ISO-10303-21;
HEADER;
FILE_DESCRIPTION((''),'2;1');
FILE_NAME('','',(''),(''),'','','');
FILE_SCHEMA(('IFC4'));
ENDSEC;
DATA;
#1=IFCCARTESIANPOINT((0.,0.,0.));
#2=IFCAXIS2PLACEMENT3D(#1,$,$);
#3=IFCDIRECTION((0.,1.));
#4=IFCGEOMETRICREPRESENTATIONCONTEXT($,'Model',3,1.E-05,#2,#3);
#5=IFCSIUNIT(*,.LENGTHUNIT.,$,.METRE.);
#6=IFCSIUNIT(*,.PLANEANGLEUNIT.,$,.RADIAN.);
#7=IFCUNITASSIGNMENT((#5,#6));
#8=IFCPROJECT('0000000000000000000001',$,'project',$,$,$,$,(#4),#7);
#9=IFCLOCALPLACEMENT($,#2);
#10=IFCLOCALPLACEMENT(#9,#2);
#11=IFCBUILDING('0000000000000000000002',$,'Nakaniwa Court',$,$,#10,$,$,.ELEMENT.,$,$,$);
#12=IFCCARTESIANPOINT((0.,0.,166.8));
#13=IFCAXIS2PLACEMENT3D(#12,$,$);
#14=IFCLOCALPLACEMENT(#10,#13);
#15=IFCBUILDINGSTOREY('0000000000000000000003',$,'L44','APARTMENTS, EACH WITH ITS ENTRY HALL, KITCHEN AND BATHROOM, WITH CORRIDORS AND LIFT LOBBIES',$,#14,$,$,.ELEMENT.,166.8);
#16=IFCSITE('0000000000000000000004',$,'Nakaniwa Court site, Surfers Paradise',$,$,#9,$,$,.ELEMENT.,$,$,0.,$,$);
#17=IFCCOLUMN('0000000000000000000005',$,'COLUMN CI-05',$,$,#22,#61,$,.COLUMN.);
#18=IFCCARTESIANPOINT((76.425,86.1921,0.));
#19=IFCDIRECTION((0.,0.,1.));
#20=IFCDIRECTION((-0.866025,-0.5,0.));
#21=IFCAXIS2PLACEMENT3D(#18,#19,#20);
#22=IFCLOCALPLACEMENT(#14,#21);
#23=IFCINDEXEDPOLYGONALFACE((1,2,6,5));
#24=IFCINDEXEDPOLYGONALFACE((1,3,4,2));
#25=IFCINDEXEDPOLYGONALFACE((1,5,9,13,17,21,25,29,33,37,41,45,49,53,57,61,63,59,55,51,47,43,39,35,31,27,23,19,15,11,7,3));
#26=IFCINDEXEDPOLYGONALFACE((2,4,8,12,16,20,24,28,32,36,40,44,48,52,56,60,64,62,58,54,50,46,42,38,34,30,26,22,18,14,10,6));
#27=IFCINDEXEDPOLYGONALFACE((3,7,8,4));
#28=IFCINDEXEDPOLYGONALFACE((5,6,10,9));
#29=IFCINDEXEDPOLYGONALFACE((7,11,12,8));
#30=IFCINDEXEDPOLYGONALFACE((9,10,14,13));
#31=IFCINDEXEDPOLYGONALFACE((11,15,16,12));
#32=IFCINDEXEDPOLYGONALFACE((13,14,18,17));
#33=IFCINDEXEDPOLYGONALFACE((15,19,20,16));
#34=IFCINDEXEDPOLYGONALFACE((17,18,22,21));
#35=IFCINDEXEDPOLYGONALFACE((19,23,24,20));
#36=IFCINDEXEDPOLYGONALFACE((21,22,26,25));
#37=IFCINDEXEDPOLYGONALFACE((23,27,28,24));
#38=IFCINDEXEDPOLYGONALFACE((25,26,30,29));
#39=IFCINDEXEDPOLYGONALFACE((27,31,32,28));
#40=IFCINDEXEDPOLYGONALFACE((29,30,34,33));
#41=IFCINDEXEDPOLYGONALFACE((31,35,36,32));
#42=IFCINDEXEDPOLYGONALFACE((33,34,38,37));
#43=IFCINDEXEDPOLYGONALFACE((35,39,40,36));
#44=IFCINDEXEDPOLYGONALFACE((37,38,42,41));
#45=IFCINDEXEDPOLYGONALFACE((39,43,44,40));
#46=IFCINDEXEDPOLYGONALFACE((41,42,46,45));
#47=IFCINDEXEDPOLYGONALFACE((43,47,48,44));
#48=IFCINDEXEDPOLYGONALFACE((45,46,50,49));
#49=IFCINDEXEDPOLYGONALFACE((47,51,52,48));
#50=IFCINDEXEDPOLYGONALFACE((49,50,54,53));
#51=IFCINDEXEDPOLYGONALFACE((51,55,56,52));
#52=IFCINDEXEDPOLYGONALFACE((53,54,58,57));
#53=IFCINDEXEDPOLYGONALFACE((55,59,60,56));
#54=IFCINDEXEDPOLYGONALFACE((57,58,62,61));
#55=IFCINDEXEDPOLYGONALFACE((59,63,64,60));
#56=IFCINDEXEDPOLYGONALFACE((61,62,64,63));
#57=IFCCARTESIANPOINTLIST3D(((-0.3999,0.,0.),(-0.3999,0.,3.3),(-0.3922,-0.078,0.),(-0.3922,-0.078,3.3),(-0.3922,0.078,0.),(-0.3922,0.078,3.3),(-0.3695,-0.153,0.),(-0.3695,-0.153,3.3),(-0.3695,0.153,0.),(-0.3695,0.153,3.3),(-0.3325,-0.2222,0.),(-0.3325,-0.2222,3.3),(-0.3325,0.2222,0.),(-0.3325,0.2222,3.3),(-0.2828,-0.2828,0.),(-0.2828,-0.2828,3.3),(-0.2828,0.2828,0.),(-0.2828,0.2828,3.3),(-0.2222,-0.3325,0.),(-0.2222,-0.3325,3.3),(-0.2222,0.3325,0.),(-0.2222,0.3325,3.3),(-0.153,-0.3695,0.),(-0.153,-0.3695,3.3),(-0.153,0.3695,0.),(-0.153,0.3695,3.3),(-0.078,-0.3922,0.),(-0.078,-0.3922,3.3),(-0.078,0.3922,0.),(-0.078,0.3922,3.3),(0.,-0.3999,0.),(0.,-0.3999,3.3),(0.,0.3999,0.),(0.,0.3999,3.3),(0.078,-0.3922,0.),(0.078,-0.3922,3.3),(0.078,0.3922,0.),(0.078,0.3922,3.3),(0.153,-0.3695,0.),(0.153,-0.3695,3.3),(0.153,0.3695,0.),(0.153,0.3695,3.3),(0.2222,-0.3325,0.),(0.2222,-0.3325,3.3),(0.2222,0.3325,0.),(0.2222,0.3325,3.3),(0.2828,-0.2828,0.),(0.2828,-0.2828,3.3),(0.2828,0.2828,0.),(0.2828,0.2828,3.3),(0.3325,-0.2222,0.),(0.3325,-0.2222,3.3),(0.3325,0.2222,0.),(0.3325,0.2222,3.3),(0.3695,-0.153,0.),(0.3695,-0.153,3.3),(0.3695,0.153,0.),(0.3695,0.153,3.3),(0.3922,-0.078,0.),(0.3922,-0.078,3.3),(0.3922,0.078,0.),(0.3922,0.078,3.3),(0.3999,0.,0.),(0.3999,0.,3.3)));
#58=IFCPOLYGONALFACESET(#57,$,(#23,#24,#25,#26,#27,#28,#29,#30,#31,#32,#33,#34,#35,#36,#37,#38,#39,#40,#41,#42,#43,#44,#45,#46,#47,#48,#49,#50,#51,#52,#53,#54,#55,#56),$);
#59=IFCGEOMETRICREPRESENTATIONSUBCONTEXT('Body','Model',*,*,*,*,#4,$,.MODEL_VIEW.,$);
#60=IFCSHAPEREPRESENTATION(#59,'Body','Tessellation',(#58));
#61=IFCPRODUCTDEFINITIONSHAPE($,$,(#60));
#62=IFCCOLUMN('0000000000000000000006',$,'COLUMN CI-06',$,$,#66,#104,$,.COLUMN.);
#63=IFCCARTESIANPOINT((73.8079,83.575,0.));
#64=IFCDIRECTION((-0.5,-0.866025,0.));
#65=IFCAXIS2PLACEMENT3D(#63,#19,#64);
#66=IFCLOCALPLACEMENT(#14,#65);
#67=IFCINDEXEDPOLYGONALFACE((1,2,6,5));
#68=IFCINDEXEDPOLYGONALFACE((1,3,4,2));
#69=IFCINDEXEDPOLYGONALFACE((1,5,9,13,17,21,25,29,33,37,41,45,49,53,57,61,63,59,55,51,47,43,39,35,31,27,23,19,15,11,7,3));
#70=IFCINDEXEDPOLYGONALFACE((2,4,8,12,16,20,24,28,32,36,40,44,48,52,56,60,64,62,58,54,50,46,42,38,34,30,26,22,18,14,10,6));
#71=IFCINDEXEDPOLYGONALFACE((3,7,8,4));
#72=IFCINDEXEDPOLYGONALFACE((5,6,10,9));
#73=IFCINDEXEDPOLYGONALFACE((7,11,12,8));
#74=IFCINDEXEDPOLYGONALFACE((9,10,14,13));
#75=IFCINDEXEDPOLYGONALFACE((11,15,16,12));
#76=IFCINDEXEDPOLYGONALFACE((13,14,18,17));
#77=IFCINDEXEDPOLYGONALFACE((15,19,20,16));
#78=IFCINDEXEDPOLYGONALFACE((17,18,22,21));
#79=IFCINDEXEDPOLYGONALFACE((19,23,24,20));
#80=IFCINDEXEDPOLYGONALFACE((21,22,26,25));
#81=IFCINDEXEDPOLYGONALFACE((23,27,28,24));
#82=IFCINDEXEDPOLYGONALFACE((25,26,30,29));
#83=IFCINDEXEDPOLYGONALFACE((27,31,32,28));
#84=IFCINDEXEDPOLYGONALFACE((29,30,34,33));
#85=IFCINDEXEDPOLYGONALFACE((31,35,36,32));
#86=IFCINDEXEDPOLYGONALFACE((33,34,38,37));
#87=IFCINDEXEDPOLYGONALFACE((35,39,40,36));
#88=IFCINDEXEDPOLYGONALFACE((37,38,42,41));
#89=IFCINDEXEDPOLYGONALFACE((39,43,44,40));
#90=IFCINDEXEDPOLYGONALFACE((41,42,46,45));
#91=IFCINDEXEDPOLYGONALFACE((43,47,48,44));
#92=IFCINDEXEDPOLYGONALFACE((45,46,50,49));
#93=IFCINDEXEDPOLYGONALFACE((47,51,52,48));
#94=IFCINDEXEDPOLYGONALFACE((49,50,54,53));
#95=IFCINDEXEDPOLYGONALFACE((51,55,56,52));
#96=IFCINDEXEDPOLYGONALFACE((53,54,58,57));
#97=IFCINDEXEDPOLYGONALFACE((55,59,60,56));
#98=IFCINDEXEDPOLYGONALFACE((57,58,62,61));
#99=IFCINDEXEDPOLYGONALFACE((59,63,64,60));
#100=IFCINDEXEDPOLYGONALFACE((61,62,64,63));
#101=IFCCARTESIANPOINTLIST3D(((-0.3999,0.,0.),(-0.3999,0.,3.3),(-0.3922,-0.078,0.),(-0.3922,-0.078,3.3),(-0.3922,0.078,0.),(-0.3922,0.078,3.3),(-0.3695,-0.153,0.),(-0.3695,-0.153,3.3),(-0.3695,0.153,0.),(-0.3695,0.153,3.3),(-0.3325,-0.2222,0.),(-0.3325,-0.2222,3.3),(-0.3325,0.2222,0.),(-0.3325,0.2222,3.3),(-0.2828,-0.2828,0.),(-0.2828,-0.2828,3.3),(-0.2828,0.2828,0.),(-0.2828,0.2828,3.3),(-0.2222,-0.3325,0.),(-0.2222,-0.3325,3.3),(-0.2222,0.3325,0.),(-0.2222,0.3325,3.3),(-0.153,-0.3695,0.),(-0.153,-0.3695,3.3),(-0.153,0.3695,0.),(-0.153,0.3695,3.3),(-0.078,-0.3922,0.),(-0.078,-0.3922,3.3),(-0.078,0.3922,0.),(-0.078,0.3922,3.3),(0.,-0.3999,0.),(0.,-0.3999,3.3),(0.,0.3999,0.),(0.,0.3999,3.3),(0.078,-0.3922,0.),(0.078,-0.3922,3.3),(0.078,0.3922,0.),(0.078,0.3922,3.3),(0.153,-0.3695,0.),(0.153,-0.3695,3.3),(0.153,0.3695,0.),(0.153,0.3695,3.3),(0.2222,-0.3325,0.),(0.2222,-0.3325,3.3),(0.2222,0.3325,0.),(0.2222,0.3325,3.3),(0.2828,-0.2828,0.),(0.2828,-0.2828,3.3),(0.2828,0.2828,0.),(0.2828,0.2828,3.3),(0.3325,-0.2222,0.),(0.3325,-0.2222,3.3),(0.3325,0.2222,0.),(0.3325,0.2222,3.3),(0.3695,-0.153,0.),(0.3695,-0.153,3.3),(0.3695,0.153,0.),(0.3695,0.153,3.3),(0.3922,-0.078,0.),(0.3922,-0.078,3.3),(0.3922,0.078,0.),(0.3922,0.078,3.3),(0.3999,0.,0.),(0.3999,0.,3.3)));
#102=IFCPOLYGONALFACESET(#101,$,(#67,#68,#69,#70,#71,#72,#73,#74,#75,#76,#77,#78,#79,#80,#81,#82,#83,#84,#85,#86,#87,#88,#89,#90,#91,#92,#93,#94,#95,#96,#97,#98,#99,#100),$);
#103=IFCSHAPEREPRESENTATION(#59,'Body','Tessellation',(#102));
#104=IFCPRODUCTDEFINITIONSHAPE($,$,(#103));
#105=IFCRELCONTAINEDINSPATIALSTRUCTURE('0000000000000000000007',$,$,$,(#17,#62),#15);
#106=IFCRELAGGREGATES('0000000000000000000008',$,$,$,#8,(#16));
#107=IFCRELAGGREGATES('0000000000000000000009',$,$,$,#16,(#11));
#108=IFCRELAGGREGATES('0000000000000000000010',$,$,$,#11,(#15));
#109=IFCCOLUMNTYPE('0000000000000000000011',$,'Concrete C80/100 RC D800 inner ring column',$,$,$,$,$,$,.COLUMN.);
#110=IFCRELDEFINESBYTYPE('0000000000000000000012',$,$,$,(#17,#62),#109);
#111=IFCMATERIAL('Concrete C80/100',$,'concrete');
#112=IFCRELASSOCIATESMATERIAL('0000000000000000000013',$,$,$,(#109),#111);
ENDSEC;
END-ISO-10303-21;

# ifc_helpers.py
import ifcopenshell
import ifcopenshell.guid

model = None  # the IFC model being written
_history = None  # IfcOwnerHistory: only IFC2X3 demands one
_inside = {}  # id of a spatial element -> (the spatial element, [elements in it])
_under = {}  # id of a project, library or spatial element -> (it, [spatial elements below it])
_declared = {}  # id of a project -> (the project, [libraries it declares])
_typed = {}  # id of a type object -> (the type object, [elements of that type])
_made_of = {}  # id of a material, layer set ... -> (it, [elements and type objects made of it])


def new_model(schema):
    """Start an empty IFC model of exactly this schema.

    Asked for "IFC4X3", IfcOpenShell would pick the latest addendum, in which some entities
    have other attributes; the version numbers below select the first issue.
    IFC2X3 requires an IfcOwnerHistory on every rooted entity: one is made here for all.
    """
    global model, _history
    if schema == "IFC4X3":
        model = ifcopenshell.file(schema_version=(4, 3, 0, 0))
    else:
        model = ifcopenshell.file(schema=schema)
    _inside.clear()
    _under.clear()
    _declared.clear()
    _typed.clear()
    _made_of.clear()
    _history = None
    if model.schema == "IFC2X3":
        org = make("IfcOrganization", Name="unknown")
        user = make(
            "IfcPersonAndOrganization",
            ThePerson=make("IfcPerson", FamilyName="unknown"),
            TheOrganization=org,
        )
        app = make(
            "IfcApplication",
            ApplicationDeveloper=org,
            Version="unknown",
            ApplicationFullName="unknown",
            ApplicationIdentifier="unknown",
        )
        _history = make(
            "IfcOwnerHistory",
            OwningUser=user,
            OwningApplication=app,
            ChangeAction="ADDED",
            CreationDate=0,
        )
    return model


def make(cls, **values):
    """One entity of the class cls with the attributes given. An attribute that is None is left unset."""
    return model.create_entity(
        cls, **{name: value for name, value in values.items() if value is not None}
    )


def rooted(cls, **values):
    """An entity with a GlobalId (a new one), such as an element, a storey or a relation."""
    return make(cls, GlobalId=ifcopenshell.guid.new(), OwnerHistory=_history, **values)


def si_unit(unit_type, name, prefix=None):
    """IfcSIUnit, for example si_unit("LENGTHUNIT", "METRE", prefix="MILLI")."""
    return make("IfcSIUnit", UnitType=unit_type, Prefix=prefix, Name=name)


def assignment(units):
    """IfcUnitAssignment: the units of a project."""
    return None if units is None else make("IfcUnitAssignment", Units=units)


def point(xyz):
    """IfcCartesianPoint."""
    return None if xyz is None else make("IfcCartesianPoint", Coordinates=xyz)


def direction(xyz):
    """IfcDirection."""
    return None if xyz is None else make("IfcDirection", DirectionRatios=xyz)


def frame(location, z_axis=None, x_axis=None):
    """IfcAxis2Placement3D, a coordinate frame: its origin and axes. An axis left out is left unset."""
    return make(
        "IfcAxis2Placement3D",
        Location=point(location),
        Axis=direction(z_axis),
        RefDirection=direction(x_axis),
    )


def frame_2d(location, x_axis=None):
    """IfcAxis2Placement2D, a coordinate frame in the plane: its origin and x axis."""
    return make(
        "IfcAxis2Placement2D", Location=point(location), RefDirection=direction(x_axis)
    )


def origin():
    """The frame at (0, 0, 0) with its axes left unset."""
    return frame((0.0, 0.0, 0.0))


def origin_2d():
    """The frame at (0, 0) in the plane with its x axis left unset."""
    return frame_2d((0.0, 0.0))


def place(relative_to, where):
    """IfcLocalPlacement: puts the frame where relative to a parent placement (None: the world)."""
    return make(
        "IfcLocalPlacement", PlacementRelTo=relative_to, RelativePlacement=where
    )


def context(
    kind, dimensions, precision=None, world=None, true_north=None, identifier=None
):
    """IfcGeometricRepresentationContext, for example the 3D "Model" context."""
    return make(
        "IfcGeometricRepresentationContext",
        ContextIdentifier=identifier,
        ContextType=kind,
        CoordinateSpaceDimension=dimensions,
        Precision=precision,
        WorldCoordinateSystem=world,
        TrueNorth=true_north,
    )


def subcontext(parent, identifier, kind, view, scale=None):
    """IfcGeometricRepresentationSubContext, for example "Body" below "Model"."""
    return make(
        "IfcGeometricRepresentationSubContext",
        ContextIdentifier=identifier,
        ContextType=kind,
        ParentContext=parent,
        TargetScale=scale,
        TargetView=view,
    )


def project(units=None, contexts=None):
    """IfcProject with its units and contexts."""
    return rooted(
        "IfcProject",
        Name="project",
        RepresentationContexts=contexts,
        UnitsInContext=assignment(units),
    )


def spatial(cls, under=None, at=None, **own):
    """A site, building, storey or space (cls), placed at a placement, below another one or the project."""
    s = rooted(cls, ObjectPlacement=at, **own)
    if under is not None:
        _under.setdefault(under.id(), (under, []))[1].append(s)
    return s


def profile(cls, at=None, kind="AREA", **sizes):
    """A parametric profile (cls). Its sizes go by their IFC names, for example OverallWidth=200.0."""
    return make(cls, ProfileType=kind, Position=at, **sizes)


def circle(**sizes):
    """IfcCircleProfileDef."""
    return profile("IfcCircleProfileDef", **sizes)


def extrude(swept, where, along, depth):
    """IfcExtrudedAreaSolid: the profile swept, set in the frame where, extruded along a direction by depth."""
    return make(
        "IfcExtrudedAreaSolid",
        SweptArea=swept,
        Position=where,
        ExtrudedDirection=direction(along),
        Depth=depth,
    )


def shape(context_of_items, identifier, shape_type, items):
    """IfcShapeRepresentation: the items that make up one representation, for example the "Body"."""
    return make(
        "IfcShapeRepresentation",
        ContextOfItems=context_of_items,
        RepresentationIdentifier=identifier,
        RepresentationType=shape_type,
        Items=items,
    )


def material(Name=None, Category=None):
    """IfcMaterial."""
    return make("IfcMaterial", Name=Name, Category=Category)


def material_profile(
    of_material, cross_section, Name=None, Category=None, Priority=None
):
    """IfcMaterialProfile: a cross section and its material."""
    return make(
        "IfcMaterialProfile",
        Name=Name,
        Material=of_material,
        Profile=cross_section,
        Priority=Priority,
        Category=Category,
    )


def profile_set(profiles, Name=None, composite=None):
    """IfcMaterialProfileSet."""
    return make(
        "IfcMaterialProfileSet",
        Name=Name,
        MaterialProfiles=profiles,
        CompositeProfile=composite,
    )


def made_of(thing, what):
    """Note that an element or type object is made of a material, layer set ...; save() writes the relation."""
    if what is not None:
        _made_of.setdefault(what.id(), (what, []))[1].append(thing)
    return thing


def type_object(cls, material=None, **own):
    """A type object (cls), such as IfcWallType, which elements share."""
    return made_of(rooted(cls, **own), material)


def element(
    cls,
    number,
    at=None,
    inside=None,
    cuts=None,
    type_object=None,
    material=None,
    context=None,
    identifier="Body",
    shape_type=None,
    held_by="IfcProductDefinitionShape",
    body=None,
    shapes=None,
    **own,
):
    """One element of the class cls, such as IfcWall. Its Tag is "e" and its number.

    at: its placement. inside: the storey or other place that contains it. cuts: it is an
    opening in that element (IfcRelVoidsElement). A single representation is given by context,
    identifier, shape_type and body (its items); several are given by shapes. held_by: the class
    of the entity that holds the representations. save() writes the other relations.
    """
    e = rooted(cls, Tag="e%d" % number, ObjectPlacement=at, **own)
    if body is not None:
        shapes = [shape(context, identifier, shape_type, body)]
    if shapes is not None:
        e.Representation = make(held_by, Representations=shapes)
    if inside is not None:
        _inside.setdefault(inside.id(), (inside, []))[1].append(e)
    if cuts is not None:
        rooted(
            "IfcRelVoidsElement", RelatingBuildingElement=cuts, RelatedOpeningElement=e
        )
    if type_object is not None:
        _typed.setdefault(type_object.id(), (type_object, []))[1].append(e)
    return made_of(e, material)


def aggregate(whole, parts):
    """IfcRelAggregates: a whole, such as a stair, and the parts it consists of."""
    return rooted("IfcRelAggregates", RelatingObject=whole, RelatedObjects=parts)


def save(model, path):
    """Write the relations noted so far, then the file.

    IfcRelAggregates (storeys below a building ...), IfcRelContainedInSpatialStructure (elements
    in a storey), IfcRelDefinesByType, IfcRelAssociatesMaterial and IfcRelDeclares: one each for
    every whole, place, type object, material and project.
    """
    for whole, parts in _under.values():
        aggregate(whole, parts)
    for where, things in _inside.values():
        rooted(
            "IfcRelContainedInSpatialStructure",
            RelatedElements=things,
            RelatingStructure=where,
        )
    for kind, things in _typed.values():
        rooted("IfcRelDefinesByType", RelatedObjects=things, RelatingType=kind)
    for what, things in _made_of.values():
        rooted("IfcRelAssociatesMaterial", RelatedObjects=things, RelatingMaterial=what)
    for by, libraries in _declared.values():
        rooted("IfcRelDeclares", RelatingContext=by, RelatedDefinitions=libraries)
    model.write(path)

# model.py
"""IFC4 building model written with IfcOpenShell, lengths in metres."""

from ifc_helpers import new_model, si_unit, direction, frame, origin, origin_2d, place, context, subcontext, project, spatial, circle, extrude, material, material_profile, profile_set, type_object, element, save


model = new_model("IFC4")

# Units and contexts
model_context = context("Model", 3, precision=1e-05, world=origin(), true_north=direction((0.0, 1.0)))
body_context = subcontext(model_context, "Body", "Model", "MODEL_VIEW")
ifc_project = project(units=[si_unit("LENGTHUNIT", "METRE"), si_unit("PLANEANGLEUNIT", "RADIAN")], contexts=[model_context])

# Site, building, storey
site_placement = place(None, origin())
site = spatial("IfcSite", under=ifc_project, at=site_placement, Name="Nakaniwa Court site, Surfers Paradise", CompositionType="ELEMENT", RefElevation=0.0)
building_placement = place(site_placement, origin())
building = spatial("IfcBuilding", under=site, at=building_placement, Name="Nakaniwa Court", CompositionType="ELEMENT")
storey_placement = place(building_placement, frame((0.0, 0.0, 166.8)))
storey = spatial("IfcBuildingStorey", under=building, at=storey_placement, Name="L44", Description="APARTMENTS, EACH WITH ITS ENTRY HALL, KITCHEN AND BATHROOM, WITH CORRIDORS AND LIFT LOBBIES", CompositionType="ELEMENT", Elevation=166.8)

# Columns
ifc_material_1 = material(Name="Concrete C80/100", Category="concrete")
ifc_material_profile_1 = material_profile(ifc_material_1, circle(Radius=0.3999, at=origin_2d()), Name="Concrete C80/100 RC D800 inner ring column")
ifc_profile_set_1 = profile_set([ifc_material_profile_1], Name="Concrete C80/100")
column_type_1 = type_object("IfcColumnType", Name="Concrete C80/100 RC D800 inner ring column", PredefinedType="COLUMN", material=ifc_profile_set_1)
for number, where, z_axis, x_axis, name in (
    (1, (76.425, 86.1921, 0.0), (0.0, 0.0, 1.0), (-0.866025, -0.5, 0.0), "COLUMN CI-05"),
    (2, (73.8079, 83.575, 0.0), (0.0, 0.0, 1.0), (-0.5, -0.866025, 0.0), "COLUMN CI-06"),
):
    element("IfcColumn", number, at=place(storey_placement, frame(where, z_axis=z_axis, x_axis=x_axis)), inside=storey, type_object=column_type_1, Name=name, PredefinedType="COLUMN", context=body_context, shape_type="SweptSolid", body=[
        extrude(circle(Radius=0.3999, at=origin_2d()), origin(), (0.0, 0.0, 1.0), 3.3),
    ])

save(model, "model.ifc")
